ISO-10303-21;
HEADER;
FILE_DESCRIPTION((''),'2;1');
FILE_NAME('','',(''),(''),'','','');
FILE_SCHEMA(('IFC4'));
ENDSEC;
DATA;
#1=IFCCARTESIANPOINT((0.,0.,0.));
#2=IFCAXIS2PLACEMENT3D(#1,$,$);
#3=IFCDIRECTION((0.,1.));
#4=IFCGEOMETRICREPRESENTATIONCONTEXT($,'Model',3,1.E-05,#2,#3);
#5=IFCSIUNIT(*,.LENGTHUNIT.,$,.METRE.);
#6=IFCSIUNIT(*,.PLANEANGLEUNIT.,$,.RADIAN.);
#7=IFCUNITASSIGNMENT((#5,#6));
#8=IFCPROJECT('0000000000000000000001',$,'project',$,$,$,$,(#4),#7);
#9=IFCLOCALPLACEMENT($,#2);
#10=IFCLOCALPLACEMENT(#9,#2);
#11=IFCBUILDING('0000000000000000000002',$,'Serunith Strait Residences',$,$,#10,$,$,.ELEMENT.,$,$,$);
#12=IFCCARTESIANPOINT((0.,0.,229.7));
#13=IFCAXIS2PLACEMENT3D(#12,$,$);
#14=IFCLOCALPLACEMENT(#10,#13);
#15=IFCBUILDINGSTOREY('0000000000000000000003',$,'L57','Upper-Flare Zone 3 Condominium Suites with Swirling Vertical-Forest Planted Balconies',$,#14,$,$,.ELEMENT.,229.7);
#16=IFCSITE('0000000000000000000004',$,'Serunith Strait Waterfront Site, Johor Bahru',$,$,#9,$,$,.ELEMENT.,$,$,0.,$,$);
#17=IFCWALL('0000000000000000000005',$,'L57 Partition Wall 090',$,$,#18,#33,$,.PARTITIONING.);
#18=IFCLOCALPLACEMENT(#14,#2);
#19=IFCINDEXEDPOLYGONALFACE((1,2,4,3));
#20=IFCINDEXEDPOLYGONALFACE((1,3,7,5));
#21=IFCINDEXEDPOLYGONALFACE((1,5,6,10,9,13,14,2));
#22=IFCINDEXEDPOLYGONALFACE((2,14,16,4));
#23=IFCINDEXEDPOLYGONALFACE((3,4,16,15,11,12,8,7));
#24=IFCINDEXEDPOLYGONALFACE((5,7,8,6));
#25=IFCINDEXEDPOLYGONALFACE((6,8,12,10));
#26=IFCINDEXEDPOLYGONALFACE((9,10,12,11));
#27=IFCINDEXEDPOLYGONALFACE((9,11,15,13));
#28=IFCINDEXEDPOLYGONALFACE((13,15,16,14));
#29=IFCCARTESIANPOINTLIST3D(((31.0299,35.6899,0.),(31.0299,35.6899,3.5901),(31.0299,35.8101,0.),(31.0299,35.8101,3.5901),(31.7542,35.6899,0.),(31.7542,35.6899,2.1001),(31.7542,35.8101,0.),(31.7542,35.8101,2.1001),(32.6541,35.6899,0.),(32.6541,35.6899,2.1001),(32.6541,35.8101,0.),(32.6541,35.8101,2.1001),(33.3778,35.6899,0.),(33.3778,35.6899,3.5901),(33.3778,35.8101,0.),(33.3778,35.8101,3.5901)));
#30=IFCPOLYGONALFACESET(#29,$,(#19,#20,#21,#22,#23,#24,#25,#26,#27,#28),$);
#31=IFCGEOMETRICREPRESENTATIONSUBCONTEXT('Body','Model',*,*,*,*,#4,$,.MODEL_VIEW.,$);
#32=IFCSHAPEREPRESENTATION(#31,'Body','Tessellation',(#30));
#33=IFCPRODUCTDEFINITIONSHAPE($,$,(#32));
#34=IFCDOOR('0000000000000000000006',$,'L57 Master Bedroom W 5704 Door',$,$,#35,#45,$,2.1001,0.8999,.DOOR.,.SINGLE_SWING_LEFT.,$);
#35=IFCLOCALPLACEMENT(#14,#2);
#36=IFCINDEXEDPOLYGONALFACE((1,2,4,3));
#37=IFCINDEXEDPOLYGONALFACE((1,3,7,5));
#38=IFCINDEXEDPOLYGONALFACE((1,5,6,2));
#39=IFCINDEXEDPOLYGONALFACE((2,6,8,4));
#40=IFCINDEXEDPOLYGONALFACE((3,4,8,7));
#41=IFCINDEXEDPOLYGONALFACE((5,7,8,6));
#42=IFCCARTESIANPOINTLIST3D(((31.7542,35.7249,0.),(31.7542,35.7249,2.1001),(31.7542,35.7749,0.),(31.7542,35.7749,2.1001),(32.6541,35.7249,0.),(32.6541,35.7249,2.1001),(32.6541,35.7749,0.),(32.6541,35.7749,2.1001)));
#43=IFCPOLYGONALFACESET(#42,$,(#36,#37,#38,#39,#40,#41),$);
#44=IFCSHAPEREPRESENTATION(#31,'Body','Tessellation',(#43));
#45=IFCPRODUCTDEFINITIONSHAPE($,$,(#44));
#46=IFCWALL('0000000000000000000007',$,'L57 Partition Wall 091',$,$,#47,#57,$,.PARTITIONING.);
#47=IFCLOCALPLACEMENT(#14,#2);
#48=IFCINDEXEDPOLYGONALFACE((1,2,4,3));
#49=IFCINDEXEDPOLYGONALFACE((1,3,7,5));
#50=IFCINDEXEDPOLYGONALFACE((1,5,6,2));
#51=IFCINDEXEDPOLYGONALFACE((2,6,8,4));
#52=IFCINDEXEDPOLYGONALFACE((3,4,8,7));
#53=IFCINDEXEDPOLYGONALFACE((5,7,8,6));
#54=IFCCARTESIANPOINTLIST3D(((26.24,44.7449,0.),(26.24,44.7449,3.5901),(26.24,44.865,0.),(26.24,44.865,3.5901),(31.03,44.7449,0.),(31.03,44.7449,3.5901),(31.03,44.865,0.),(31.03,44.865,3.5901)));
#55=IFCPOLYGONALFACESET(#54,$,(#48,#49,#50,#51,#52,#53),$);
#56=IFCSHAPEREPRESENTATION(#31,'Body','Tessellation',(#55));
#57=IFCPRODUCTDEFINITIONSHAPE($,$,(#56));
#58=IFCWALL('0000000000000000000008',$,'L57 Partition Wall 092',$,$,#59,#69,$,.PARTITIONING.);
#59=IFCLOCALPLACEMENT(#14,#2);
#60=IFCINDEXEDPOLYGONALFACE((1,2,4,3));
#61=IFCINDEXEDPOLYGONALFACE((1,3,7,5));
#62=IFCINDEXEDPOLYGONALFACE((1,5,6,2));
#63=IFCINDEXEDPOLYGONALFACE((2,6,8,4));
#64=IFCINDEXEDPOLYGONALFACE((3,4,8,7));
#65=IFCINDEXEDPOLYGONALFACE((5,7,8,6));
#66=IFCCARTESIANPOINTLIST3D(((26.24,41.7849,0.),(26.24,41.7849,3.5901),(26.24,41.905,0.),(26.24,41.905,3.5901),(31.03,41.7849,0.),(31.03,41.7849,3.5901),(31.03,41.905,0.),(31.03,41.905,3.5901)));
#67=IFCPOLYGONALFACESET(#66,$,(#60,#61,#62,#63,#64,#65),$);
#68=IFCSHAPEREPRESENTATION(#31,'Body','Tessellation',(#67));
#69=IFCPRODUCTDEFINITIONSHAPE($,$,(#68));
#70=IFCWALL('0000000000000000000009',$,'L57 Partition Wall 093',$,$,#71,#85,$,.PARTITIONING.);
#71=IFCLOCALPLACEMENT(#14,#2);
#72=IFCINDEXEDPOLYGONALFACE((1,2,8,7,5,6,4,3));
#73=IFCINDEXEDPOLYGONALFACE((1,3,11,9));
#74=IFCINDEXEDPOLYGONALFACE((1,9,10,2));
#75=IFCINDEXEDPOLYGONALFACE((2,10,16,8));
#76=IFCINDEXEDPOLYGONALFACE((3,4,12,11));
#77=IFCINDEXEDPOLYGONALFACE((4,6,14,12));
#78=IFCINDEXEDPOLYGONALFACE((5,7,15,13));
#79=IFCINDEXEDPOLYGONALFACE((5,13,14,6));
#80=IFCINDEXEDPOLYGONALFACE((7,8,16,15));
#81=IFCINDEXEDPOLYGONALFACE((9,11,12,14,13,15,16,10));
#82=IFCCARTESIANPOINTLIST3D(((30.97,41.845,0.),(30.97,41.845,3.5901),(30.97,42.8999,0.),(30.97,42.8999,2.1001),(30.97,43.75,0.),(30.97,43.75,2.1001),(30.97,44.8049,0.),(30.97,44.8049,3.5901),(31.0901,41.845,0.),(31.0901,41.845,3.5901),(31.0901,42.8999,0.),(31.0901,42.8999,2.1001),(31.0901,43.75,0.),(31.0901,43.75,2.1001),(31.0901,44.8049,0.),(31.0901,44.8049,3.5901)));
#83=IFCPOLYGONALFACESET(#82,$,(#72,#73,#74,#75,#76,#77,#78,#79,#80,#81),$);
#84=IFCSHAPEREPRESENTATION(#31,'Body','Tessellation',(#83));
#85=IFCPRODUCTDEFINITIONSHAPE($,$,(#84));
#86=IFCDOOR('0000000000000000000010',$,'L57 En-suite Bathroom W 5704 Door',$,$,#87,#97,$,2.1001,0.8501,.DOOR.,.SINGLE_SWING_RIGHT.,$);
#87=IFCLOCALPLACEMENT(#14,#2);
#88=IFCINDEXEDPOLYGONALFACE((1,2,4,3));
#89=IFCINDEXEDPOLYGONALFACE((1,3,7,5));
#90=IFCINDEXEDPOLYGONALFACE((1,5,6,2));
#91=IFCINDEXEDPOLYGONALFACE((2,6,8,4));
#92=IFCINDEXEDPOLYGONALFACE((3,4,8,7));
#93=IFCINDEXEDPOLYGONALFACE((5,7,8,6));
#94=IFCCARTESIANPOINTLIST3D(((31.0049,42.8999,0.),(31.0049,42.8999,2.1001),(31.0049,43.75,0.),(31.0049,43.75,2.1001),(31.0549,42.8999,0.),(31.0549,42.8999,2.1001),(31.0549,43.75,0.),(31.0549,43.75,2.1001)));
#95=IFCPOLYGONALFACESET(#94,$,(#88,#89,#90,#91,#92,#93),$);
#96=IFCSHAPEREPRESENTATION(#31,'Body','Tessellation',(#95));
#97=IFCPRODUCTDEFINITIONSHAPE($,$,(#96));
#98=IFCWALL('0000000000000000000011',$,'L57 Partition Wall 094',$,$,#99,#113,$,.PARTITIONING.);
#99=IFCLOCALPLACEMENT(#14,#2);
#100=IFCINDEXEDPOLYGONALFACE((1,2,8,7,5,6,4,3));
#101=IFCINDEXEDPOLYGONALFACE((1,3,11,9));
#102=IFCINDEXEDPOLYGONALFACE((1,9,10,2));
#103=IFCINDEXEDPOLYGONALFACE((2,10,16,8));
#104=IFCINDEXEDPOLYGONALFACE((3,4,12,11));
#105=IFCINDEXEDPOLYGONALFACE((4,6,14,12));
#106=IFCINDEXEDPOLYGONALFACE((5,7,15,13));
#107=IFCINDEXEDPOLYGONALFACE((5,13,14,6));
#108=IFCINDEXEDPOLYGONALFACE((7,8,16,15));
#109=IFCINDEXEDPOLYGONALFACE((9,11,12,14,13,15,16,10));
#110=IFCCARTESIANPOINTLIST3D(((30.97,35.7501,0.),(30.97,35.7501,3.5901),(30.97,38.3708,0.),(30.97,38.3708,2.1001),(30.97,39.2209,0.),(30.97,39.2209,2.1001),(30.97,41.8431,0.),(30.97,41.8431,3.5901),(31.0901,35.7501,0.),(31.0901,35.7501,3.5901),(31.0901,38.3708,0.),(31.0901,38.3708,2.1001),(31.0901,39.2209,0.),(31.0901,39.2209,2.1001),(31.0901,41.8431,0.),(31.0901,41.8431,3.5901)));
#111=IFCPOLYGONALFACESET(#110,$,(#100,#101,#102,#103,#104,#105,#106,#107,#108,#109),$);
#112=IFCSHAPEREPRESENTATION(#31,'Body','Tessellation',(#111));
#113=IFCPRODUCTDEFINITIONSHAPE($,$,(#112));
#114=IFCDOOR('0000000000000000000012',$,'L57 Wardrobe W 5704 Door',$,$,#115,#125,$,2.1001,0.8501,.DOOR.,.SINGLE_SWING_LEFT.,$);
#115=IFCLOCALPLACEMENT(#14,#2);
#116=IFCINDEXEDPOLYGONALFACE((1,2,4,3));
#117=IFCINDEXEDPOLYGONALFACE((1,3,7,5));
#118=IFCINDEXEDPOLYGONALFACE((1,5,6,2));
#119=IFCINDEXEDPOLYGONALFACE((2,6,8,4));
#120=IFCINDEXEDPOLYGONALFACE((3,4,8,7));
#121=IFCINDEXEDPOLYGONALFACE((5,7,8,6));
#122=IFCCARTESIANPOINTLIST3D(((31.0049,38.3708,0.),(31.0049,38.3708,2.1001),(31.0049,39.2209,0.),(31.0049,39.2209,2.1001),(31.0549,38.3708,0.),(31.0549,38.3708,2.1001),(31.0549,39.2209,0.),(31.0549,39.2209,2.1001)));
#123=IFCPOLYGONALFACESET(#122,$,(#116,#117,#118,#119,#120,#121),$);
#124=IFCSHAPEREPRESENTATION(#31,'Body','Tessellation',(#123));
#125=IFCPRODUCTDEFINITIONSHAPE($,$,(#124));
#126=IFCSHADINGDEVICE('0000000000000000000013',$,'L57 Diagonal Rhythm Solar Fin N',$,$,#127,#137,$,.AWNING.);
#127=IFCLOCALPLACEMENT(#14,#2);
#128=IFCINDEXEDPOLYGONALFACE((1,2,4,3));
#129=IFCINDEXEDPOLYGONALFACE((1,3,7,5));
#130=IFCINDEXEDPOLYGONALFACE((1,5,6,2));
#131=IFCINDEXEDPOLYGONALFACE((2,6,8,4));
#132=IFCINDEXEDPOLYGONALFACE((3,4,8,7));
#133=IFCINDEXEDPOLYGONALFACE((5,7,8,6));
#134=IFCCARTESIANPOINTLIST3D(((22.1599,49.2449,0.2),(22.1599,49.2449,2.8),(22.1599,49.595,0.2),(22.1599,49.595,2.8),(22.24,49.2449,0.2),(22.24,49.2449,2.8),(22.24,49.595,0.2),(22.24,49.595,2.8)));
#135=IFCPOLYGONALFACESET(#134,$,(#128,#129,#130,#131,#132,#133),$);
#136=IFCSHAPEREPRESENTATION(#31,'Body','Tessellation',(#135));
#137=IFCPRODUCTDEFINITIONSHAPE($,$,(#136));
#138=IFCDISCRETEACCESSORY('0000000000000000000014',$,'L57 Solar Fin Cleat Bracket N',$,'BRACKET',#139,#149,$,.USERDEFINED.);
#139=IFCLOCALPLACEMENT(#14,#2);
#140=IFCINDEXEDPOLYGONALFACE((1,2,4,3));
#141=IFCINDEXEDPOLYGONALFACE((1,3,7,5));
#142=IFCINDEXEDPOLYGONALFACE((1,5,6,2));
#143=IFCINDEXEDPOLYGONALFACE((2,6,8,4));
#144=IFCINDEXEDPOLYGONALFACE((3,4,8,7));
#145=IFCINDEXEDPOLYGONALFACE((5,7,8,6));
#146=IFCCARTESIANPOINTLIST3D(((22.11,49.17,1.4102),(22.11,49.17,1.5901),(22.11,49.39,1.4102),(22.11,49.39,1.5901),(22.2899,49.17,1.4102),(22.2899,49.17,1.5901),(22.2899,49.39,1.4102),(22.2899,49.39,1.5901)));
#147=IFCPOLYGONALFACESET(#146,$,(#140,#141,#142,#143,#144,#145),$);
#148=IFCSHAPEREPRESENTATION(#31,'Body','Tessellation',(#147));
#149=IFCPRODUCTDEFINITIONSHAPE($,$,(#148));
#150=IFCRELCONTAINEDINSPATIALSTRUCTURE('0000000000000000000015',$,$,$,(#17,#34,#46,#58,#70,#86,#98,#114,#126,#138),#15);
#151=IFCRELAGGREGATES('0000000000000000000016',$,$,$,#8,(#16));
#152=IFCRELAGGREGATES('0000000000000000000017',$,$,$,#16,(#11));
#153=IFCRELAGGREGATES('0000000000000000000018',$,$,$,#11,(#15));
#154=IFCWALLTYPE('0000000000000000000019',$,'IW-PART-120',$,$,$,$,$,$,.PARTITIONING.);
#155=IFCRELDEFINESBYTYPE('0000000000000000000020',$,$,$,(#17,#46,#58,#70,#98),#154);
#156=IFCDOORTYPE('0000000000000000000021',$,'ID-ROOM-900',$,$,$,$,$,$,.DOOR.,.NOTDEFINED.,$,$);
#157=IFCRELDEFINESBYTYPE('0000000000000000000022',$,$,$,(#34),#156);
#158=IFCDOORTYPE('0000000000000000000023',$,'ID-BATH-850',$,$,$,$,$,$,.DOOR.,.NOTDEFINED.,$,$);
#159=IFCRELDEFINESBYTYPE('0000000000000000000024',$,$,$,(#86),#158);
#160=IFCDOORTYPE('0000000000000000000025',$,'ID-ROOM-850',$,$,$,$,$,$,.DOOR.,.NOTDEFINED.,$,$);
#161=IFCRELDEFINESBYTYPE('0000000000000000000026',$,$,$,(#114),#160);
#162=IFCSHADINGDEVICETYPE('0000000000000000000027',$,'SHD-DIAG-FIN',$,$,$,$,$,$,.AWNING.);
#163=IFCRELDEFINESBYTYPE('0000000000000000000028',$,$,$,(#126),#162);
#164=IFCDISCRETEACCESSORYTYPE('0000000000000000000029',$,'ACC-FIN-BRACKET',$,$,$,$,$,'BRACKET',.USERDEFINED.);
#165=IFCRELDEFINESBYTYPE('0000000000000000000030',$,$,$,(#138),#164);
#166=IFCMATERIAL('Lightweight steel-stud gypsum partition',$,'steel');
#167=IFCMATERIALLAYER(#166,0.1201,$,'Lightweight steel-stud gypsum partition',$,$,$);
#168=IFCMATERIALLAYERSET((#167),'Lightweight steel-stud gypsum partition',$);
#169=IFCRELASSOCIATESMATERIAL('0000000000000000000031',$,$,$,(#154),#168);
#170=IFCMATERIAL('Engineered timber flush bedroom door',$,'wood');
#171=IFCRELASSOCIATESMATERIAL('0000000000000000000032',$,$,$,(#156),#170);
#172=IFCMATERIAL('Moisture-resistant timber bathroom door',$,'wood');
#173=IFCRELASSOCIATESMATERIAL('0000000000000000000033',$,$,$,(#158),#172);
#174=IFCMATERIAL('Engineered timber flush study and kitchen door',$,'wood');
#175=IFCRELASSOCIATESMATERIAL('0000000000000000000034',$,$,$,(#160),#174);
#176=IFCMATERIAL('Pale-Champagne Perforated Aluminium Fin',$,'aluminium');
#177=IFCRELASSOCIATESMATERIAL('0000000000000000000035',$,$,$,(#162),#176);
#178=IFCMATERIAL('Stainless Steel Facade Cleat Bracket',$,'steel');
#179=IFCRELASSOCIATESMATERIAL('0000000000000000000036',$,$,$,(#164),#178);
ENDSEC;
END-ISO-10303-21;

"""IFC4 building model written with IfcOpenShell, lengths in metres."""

from ifc_helpers import new_model, si_unit, direction, frame, frame_2d, origin, origin_2d, place, context, subcontext, project, spatial, rectangle, extrude, source, transform, mapped, material, layer, layer_set, type_object, element, fill, save


model = new_model("IFC4")

# Units and contexts
model_context = context("Model", 3, precision=1e-05, world=origin(), true_north=direction((0.0, 1.0)))
body_context = subcontext(model_context, "Body", "Model", "MODEL_VIEW")
ifc_project = project(units=[si_unit("LENGTHUNIT", "METRE"), si_unit("PLANEANGLEUNIT", "RADIAN")], contexts=[model_context])

# Site, building, storey
site_placement = place(None, origin())
site = spatial("IfcSite", under=ifc_project, at=site_placement, Name="Serunith Strait Waterfront Site, Johor Bahru", CompositionType="ELEMENT", RefElevation=0.0)
building_placement = place(site_placement, origin())
building = spatial("IfcBuilding", under=site, at=building_placement, Name="Serunith Strait Residences", CompositionType="ELEMENT")
storey_placement = place(building_placement, frame((0.0, 0.0, 229.7)))
storey = spatial("IfcBuildingStorey", under=building, at=storey_placement, Name="L57", Description="Upper-Flare Zone 3 Condominium Suites with Swirling Vertical-Forest Planted Balconies", CompositionType="ELEMENT", Elevation=229.7)

# Shared definitions
ifc_material_1 = material(Name="Lightweight steel-stud gypsum partition", Category="steel")
ifc_layer_1 = layer(ifc_material_1, 0.1201, Name="Lightweight steel-stud gypsum partition")
ifc_layer_set_1 = layer_set([ifc_layer_1], Name="Lightweight steel-stud gypsum partition")
wall_type = type_object("IfcWallType", Name="IW-PART-120", PredefinedType="PARTITIONING", material=ifc_layer_set_1)
ifc_material_2 = material(Name="Engineered timber flush bedroom door", Category="wood")
door_type_1 = type_object("IfcDoorType", Name="ID-ROOM-900", OperationType="NOTDEFINED", PredefinedType="DOOR", material=ifc_material_2)
shared_shape_1 = source(origin(), body_context, "Body", "SweptSolid", [
    extrude(rectangle(XDim=0.8999, YDim=2.1001, at=frame_2d((0.45, 1.05))), frame((0.0, 0.0249, 0.0), z_axis=(0.0, -1.0, 0.0), x_axis=(1.0, 0.0, 0.0)), (0.0, 0.0, 1.0), 0.05),
])

# Wall, opening, door
wall_1_placement = place(storey_placement, frame((31.03, 35.75, 0.0), z_axis=(0.0, 0.0, 1.0), x_axis=(1.0, 0.0, 0.0)))
wall_1 = element("IfcWall", 1, at=wall_1_placement, inside=storey, type_object=wall_type, Name="L57 Partition Wall 090", PredefinedType="PARTITIONING", context=body_context, shape_type="SweptSolid", body=[
    extrude(rectangle(XDim=2.3479, YDim=0.1201, at=frame_2d((1.1738, 0.0))), origin(), (0.0, 0.0, 1.0), 3.5901),
])
opening_1_placement = place(wall_1_placement, frame((0.7241, 0.0, 0.0)))
opening_1 = element("IfcOpeningElement", 2, at=opening_1_placement, cuts=wall_1, PredefinedType="OPENING", context=body_context, shape_type="SweptSolid", body=[
    extrude(rectangle(XDim=0.8999, YDim=2.1001, at=frame_2d((0.45, 1.05))), frame((0.0, 0.0701, 0.0), z_axis=(0.0, -1.0, 0.0), x_axis=(1.0, 0.0, 0.0)), (0.0, 0.0, 1.0), 0.1401),
])
door_1_placement = place(opening_1_placement, origin())
door_1 = element("IfcDoor", 3, at=door_1_placement, inside=storey, type_object=door_type_1, Name="L57 Master Bedroom W 5704 Door", OperationType="SINGLE_SWING_LEFT", OverallHeight=2.1001, OverallWidth=0.8999, PredefinedType="DOOR", context=body_context, shape_type="MappedRepresentation", body=[
    mapped(shared_shape_1, transform((0.0, 0.0, 0.0), scale=1.0)),
])
fill(opening_1, door_1)

# Walls
for number, where, z_axis, x_axis, name in (
    (4, (26.24, 44.8049, 0.0), (0.0, 0.0, 1.0), (1.0, 0.0, 0.0), "L57 Partition Wall 091"),
    (5, (26.24, 41.845, 0.0), (0.0, 0.0, 1.0), (1.0, 0.0, 0.0), "L57 Partition Wall 092"),
):
    element("IfcWall", number, at=place(storey_placement, frame(where, z_axis=z_axis, x_axis=x_axis)), inside=storey, type_object=wall_type, Name=name, PredefinedType="PARTITIONING", context=body_context, shape_type="SweptSolid", body=[
        extrude(rectangle(XDim=4.79, YDim=0.1201, at=frame_2d((2.395, 0.0))), origin(), (0.0, 0.0, 1.0), 3.5901),
    ])

# Walls, openings, doors
wall_2_placement = place(storey_placement, frame((31.03, 44.8049, 0.0), z_axis=(0.0, 0.0, 1.0), x_axis=(0.0, -1.0, 0.0)))
wall_2 = element("IfcWall", 6, at=wall_2_placement, inside=storey, type_object=wall_type, Name="L57 Partition Wall 093", PredefinedType="PARTITIONING", context=body_context, shape_type="SweptSolid", body=[
    extrude(rectangle(XDim=2.96, YDim=0.1201, at=frame_2d((1.48, 0.0))), origin(), (0.0, 0.0, 1.0), 3.5901),
])
opening_2_placement = place(wall_2_placement, frame((1.0549, 0.0, 0.0)))
opening_2 = element("IfcOpeningElement", 7, at=opening_2_placement, cuts=wall_2, PredefinedType="OPENING", context=body_context, shape_type="SweptSolid", body=[
    extrude(rectangle(XDim=0.8501, YDim=2.1001, at=frame_2d((0.425, 1.05))), frame((0.0, 0.0701, 0.0), z_axis=(0.0, -1.0, 0.0), x_axis=(1.0, 0.0, 0.0)), (0.0, 0.0, 1.0), 0.1401),
])
ifc_material_3 = material(Name="Moisture-resistant timber bathroom door", Category="wood")
door_type_2 = type_object("IfcDoorType", Name="ID-BATH-850", OperationType="NOTDEFINED", PredefinedType="DOOR", material=ifc_material_3)
shared_shape_2 = source(origin(), body_context, "Body", "SweptSolid", [
    extrude(rectangle(XDim=0.8501, YDim=2.1001, at=frame_2d((0.425, 1.05))), frame((0.0, 0.0249, 0.0), z_axis=(0.0, -1.0, 0.0), x_axis=(1.0, 0.0, 0.0)), (0.0, 0.0, 1.0), 0.05),
])
door_2_placement = place(opening_2_placement, origin())
door_2 = element("IfcDoor", 8, at=door_2_placement, inside=storey, type_object=door_type_2, Name="L57 En-suite Bathroom W 5704 Door", OperationType="SINGLE_SWING_RIGHT", OverallHeight=2.1001, OverallWidth=0.8501, PredefinedType="DOOR", context=body_context, shape_type="MappedRepresentation", body=[
    mapped(shared_shape_2, transform((0.0, 0.0, 0.0), scale=1.0)),
])
fill(opening_2, door_2)
wall_3_placement = place(storey_placement, frame((31.03, 41.843, 0.0), z_axis=(0.0, 0.0, 1.0), x_axis=(0.0, -1.0, 0.0)))
wall_3 = element("IfcWall", 9, at=wall_3_placement, inside=storey, type_object=wall_type, Name="L57 Partition Wall 094", PredefinedType="PARTITIONING", context=body_context, shape_type="SweptSolid", body=[
    extrude(rectangle(XDim=6.093, YDim=0.1201, at=frame_2d((3.0464, 0.0))), origin(), (0.0, 0.0, 1.0), 3.5901),
])
opening_3_placement = place(wall_3_placement, frame((2.6221, 0.0, 0.0)))
opening_3 = element("IfcOpeningElement", 10, at=opening_3_placement, cuts=wall_3, PredefinedType="OPENING", context=body_context, shape_type="SweptSolid", body=[
    extrude(rectangle(XDim=0.8501, YDim=2.1001, at=frame_2d((0.425, 1.05))), frame((0.0, 0.0701, 0.0), z_axis=(0.0, -1.0, 0.0), x_axis=(1.0, 0.0, 0.0)), (0.0, 0.0, 1.0), 0.1401),
])
ifc_material_4 = material(Name="Engineered timber flush study and kitchen door", Category="wood")
door_type_3 = type_object("IfcDoorType", Name="ID-ROOM-850", OperationType="NOTDEFINED", PredefinedType="DOOR", material=ifc_material_4)
door_3_placement = place(opening_3_placement, origin())
door_3 = element("IfcDoor", 11, at=door_3_placement, inside=storey, type_object=door_type_3, Name="L57 Wardrobe W 5704 Door", OperationType="SINGLE_SWING_LEFT", OverallHeight=2.1001, OverallWidth=0.8501, PredefinedType="DOOR", context=body_context, shape_type="MappedRepresentation", body=[
    mapped(shared_shape_2, transform((0.0, 0.0, 0.0), scale=1.0)),
])
fill(opening_3, door_3)

# Shading device
ifc_material_5 = material(Name="Pale-Champagne Perforated Aluminium Fin", Category="aluminium")
shading_device_type = type_object("IfcShadingDeviceType", Name="SHD-DIAG-FIN", PredefinedType="AWNING", material=ifc_material_5)
shared_shape_3 = source(origin(), body_context, "Body", "SweptSolid", [
    extrude(rectangle(XDim=0.0801, YDim=0.3501, at=origin_2d()), origin(), (0.0, 0.0, 1.0), 2.6001),
])
shading_device_placement = place(storey_placement, frame((22.2, 49.4199, 0.2), z_axis=(0.0, 0.0, 1.0), x_axis=(1.0, 0.0, 0.0)))
element("IfcShadingDevice", 12, at=shading_device_placement, inside=storey, type_object=shading_device_type, Name="L57 Diagonal Rhythm Solar Fin N", PredefinedType="AWNING", context=body_context, shape_type="MappedRepresentation", body=[
    mapped(shared_shape_3, transform((0.0, 0.0, 0.0), scale=1.0)),
])

# Discrete accessory
ifc_material_6 = material(Name="Stainless Steel Facade Cleat Bracket", Category="steel")
discrete_accessory_type = type_object("IfcDiscreteAccessoryType", Name="ACC-FIN-BRACKET", ElementType="BRACKET", PredefinedType="USERDEFINED", material=ifc_material_6)
shared_shape_4 = source(origin(), body_context, "Body", "SweptSolid", [
    extrude(rectangle(XDim=0.1799, YDim=0.22, at=origin_2d()), origin(), (0.0, 0.0, 1.0), 0.1799),
])
discrete_accessory_placement = place(storey_placement, frame((22.2, 49.28, 1.4102), z_axis=(0.0, 0.0, 1.0), x_axis=(1.0, 0.0, 0.0)))
element("IfcDiscreteAccessory", 13, at=discrete_accessory_placement, inside=storey, type_object=discrete_accessory_type, Name="L57 Solar Fin Cleat Bracket N", ObjectType="BRACKET", PredefinedType="USERDEFINED", context=body_context, shape_type="MappedRepresentation", body=[
    mapped(shared_shape_4, transform((0.0, 0.0, 0.0), scale=1.0)),
])

save(model, "model.ifc")
